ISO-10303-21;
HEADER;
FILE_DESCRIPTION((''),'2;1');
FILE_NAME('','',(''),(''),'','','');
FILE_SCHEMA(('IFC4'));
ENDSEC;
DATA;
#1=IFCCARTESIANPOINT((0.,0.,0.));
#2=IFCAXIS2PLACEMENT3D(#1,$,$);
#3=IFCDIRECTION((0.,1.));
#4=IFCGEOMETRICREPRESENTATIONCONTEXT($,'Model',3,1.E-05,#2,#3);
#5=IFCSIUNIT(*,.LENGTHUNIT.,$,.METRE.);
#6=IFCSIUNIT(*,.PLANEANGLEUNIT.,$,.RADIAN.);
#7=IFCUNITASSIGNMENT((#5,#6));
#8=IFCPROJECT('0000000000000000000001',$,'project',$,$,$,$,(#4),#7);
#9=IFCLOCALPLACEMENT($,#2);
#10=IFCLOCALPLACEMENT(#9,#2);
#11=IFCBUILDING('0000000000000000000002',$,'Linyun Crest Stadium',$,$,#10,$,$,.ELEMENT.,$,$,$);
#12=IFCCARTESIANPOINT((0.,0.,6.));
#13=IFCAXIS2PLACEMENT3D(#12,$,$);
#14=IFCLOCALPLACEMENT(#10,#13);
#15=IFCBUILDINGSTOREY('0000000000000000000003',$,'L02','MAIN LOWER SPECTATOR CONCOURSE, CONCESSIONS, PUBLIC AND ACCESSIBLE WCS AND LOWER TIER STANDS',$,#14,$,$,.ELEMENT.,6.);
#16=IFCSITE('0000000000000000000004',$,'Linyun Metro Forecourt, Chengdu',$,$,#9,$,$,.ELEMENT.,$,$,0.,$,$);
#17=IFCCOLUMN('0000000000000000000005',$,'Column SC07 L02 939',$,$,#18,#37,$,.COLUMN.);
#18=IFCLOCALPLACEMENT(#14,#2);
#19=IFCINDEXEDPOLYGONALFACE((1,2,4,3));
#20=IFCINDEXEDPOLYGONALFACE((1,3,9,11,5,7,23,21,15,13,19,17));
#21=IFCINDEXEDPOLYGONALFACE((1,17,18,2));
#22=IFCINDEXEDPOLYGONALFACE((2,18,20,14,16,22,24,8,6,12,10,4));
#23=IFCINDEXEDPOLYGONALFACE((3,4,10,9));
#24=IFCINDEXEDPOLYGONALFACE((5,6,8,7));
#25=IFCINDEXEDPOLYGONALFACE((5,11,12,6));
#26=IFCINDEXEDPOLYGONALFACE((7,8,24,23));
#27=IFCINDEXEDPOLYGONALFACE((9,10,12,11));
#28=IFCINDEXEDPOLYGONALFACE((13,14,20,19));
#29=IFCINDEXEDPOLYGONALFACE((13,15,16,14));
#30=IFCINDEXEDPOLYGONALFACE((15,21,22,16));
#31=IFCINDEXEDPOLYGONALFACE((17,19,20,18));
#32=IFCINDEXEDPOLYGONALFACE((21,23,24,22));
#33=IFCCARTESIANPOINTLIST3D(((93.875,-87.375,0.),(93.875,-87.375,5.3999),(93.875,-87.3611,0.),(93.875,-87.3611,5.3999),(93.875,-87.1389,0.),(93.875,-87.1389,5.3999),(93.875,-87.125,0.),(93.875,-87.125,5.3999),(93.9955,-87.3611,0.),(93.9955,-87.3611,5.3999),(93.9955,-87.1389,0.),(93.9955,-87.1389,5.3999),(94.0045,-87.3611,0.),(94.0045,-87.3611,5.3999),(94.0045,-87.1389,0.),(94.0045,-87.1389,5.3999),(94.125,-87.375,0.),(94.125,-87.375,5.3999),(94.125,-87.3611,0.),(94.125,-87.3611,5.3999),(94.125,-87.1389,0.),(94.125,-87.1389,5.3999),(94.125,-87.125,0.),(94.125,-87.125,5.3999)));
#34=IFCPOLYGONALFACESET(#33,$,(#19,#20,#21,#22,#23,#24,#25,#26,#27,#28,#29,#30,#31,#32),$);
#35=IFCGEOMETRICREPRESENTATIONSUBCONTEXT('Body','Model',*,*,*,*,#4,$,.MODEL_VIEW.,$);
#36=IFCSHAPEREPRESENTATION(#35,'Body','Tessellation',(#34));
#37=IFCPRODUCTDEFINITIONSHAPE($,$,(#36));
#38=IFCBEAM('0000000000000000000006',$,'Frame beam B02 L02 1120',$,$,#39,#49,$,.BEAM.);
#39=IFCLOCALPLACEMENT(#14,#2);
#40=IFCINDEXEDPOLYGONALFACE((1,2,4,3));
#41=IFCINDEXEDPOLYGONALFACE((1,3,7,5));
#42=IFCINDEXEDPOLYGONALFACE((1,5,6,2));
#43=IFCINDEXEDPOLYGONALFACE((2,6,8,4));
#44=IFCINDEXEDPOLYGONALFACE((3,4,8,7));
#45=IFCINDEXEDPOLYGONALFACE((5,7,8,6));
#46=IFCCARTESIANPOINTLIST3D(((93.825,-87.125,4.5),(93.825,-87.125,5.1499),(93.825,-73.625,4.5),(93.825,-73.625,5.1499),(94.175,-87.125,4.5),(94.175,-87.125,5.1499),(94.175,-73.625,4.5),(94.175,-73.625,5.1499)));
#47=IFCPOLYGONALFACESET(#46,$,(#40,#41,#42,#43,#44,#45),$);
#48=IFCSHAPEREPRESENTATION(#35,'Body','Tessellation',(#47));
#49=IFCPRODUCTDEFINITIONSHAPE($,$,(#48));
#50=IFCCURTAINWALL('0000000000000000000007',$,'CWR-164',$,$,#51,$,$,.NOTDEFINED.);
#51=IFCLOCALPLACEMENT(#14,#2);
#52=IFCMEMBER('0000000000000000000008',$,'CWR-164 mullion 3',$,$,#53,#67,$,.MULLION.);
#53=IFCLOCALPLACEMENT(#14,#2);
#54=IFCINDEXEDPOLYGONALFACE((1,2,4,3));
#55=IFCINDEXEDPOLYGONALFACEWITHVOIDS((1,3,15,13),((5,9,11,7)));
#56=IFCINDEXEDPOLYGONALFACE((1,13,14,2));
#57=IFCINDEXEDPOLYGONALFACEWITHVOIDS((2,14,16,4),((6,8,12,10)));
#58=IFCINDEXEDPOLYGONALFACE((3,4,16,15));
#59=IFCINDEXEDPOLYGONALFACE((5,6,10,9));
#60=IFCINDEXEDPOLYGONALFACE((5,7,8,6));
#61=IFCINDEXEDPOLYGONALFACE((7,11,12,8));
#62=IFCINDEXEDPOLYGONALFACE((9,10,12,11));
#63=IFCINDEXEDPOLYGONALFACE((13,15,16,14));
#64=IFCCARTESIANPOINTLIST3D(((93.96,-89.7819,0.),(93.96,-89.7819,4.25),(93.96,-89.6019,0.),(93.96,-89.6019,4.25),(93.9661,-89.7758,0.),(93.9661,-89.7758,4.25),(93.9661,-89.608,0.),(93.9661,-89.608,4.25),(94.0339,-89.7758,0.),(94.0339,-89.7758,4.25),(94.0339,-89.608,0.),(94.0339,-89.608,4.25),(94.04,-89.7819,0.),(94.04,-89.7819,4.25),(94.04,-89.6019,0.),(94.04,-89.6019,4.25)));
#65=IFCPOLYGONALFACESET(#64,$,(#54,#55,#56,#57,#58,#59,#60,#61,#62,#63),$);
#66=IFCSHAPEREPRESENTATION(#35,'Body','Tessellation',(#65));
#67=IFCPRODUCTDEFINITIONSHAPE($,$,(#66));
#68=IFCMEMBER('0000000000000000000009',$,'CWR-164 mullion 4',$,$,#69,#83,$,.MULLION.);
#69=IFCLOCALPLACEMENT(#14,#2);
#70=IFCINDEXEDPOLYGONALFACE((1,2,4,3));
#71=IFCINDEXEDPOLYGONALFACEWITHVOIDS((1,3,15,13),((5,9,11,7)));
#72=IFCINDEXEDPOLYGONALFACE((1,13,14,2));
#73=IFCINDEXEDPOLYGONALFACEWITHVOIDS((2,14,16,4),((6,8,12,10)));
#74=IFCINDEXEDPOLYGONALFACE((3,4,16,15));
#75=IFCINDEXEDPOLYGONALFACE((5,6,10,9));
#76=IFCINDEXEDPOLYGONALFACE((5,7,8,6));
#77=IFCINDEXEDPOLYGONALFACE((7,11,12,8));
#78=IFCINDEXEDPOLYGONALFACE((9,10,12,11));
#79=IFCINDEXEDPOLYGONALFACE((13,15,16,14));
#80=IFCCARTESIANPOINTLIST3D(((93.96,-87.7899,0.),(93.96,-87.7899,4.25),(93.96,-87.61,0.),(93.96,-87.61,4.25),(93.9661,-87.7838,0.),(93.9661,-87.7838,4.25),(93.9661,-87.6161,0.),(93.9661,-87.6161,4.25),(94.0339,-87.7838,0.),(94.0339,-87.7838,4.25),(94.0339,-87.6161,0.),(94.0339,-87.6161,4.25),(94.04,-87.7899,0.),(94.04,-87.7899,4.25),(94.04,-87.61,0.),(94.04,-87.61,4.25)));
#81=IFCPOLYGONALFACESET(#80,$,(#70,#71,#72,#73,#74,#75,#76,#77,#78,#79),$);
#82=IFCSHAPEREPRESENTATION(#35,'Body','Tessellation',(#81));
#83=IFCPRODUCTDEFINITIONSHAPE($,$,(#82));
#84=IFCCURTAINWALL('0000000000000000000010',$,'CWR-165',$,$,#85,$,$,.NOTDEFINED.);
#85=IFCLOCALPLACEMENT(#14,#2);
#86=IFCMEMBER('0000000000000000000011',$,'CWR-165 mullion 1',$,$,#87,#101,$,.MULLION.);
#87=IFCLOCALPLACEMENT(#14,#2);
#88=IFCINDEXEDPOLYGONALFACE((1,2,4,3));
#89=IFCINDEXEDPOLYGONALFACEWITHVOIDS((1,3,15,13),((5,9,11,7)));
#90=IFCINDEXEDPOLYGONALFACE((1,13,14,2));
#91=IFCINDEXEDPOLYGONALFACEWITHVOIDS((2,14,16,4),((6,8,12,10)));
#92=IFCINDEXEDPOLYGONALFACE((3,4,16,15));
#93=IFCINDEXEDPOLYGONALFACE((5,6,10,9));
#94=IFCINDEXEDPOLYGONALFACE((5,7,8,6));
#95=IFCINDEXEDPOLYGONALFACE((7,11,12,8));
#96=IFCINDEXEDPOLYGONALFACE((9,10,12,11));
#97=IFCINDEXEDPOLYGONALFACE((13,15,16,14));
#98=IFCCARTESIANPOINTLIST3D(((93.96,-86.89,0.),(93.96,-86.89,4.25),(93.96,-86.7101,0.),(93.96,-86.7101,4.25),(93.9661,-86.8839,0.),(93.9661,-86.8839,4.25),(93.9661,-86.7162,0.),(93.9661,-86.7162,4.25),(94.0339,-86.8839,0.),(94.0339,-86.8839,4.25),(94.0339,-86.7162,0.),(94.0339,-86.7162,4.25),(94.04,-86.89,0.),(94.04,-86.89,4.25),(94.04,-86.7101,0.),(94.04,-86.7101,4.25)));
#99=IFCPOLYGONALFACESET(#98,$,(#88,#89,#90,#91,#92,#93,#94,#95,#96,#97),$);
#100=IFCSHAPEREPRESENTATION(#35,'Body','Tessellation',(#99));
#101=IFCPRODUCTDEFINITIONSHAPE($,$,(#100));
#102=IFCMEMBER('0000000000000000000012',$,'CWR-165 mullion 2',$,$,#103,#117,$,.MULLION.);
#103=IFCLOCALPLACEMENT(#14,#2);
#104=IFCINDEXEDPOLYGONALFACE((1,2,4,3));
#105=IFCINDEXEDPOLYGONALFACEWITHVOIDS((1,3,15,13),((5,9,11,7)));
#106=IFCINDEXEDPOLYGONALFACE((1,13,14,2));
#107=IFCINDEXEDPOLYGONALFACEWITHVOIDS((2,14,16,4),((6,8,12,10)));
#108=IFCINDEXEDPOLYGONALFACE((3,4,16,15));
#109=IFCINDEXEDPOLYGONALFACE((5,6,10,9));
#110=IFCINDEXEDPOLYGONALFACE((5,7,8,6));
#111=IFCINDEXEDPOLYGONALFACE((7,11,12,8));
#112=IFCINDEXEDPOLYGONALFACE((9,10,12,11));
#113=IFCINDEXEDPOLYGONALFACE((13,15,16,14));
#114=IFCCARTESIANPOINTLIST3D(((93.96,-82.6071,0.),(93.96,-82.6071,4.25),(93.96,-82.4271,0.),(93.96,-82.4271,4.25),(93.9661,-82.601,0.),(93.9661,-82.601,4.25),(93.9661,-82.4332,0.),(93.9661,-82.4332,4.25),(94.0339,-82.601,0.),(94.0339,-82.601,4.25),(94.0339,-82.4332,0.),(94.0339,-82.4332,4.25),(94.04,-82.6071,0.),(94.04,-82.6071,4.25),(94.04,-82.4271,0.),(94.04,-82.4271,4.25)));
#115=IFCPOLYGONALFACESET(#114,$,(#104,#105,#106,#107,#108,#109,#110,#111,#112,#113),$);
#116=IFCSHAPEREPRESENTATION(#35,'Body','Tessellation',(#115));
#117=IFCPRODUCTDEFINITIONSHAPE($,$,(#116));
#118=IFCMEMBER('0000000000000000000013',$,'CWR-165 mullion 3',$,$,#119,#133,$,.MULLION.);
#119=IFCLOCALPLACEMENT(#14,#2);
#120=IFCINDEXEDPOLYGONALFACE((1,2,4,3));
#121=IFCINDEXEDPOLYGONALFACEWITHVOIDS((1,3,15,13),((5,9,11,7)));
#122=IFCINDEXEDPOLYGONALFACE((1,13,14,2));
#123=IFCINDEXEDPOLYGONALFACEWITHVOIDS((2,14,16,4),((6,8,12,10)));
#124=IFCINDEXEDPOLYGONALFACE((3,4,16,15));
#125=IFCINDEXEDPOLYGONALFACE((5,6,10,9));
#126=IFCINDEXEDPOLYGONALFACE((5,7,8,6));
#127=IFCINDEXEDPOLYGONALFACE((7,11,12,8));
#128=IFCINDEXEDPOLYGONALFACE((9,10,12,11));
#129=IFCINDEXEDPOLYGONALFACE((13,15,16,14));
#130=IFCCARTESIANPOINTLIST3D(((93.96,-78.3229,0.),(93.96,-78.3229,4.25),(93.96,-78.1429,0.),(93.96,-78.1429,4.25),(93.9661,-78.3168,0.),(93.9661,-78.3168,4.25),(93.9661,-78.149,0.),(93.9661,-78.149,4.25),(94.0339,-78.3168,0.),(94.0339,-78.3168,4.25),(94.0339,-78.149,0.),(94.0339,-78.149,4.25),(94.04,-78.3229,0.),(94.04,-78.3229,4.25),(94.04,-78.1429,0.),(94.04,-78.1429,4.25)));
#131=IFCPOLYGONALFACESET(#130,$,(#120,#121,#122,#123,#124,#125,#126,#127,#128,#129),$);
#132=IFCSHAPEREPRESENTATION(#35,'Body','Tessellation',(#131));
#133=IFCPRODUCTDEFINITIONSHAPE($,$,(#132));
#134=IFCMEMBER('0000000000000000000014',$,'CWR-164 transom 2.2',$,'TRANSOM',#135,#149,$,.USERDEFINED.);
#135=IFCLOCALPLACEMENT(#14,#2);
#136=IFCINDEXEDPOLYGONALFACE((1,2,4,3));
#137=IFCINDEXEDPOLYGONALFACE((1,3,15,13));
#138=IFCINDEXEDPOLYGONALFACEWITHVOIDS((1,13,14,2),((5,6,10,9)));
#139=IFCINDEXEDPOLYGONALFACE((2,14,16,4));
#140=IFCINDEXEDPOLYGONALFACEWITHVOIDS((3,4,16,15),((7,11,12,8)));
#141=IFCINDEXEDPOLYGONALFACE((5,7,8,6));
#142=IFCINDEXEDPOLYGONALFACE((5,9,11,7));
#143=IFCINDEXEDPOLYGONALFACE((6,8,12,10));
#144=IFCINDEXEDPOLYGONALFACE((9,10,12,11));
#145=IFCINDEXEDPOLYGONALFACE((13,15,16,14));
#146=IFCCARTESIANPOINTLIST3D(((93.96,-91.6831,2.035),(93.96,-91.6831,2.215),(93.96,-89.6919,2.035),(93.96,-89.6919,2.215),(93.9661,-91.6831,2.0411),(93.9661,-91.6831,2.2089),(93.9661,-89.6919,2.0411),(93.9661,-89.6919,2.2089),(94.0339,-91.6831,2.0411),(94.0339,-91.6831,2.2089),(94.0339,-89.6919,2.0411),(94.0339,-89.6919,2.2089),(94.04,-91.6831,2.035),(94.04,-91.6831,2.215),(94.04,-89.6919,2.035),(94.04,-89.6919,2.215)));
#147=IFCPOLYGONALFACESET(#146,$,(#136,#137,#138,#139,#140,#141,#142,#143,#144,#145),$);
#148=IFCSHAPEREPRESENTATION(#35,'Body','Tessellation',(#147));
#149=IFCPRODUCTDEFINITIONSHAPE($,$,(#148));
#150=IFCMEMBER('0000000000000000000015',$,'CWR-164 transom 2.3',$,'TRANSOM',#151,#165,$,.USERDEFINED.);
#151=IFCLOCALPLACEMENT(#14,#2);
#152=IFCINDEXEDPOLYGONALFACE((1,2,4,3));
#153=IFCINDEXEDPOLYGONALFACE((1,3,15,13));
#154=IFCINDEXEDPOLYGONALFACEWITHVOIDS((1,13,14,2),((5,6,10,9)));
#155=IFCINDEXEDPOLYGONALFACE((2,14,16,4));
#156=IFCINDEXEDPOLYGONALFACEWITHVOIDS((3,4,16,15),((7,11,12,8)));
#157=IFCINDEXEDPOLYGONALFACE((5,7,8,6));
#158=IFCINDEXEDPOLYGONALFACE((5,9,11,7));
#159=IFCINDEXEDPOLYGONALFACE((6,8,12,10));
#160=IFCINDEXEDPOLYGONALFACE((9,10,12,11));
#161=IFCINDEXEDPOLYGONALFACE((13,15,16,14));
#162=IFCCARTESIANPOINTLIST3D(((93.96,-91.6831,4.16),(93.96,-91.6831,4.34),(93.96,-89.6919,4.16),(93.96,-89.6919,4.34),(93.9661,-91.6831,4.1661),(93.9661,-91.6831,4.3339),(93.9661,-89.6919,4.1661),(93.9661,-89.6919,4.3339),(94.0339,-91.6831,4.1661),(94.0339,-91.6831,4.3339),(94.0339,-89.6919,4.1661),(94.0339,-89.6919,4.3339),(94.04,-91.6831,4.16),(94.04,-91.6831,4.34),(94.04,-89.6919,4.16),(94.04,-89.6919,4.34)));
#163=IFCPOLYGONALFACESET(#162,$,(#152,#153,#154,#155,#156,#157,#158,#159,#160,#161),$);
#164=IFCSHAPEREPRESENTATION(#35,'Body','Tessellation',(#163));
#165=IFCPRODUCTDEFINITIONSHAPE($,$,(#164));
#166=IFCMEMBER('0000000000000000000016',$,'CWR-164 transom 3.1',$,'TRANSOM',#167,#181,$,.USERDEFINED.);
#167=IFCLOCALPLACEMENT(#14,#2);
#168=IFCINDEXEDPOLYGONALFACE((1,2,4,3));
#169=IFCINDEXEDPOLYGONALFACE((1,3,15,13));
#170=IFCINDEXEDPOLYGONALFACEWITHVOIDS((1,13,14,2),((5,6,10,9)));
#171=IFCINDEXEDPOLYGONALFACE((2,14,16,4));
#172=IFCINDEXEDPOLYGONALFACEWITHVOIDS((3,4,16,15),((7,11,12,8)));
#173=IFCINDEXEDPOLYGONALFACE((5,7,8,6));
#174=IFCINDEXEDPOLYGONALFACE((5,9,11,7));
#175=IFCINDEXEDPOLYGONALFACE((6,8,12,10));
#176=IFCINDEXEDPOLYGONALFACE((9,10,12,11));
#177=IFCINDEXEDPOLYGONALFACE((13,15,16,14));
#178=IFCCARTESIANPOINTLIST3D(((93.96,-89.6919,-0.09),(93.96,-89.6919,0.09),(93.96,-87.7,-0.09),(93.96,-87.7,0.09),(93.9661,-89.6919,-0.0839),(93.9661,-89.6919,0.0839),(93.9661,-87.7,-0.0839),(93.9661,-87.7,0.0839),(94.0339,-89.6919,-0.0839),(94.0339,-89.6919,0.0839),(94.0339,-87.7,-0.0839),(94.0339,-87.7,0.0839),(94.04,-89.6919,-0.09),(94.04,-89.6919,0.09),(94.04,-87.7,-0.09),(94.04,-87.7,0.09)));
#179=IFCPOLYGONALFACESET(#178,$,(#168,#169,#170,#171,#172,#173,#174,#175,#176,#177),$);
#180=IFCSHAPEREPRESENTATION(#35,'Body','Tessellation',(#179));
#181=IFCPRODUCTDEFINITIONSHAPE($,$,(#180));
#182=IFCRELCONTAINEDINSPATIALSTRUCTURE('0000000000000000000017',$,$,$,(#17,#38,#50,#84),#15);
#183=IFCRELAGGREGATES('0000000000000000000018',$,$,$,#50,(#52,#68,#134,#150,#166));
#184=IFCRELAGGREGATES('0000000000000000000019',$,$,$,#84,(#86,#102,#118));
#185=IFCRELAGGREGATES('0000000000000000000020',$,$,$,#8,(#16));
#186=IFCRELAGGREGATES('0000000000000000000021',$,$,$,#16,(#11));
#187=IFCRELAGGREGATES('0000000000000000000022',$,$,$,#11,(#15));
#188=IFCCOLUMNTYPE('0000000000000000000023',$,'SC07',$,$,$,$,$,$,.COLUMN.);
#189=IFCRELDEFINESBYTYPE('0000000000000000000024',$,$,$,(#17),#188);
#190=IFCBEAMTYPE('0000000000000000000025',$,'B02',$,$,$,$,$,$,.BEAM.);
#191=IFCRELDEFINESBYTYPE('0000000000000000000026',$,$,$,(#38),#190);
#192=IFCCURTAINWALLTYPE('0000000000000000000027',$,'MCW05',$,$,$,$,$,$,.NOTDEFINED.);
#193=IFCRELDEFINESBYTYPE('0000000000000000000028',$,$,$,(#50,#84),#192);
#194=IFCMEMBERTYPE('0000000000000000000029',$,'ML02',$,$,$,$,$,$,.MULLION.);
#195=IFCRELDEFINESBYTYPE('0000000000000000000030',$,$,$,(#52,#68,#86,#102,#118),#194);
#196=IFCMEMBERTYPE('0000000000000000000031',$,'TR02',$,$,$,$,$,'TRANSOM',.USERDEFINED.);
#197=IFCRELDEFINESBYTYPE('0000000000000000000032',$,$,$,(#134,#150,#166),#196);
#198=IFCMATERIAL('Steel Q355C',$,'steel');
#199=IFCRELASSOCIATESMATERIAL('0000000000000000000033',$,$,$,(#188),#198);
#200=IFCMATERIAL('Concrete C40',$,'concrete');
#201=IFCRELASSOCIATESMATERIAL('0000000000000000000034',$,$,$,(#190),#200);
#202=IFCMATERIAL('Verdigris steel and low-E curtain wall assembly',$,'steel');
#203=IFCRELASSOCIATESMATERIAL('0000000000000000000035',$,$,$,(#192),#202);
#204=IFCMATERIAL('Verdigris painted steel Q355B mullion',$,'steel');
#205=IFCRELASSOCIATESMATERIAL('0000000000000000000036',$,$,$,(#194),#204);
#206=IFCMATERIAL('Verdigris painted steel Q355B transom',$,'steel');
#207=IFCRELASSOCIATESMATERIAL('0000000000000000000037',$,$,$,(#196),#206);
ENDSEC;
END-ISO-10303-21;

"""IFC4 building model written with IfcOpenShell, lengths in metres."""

from ifc_helpers import new_model, si_unit, direction, frame, origin, origin_2d, place, context, subcontext, project, spatial, rectangle, hollow_rectangle, i_section, extrude, material, material_profile, profile_set, type_object, element, aggregate, save


model = new_model("IFC4")

# Units and contexts
model_context = context("Model", 3, precision=1e-05, world=origin(), true_north=direction((0.0, 1.0)))
body_context = subcontext(model_context, "Body", "Model", "MODEL_VIEW")
ifc_project = project(units=[si_unit("LENGTHUNIT", "METRE"), si_unit("PLANEANGLEUNIT", "RADIAN")], contexts=[model_context])

# Site, building, storey
site_placement = place(None, origin())
site = spatial("IfcSite", under=ifc_project, at=site_placement, Name="Linyun Metro Forecourt, Chengdu", CompositionType="ELEMENT", RefElevation=0.0)
building_placement = place(site_placement, origin())
building = spatial("IfcBuilding", under=site, at=building_placement, Name="Linyun Crest Stadium", CompositionType="ELEMENT")
storey_placement = place(building_placement, frame((0.0, 0.0, 6.0)))
storey = spatial("IfcBuildingStorey", under=building, at=storey_placement, Name="L02", Description="MAIN LOWER SPECTATOR CONCOURSE, CONCESSIONS, PUBLIC AND ACCESSIBLE WCS AND LOWER TIER STANDS", CompositionType="ELEMENT", Elevation=6.0)

# Column
ifc_material_1 = material(Name="Steel Q355C", Category="steel")
ifc_material_profile_1 = material_profile(ifc_material_1, i_section(OverallWidth=0.25, OverallDepth=0.25, WebThickness=0.009, FlangeThickness=0.0139, at=origin_2d()), Name="HW 250x250")
ifc_profile_set_1 = profile_set([ifc_material_profile_1], Name="Steel Q355C")
column_type = type_object("IfcColumnType", Name="SC07", PredefinedType="COLUMN", material=ifc_profile_set_1)
column_placement = place(storey_placement, frame((94.0, -87.25, 0.0), z_axis=(0.0, 0.0, 1.0), x_axis=(1.0, 0.0, 0.0)))
element("IfcColumn", 1, at=column_placement, inside=storey, type_object=column_type, Name="Column SC07 L02 939", PredefinedType="COLUMN", context=body_context, shape_type="SweptSolid", body=[
    extrude(i_section(OverallWidth=0.25, OverallDepth=0.25, WebThickness=0.009, FlangeThickness=0.0139, at=origin_2d()), origin(), (0.0, 0.0, 1.0), 5.3999),
])

# Beam
ifc_material_2 = material(Name="Concrete C40", Category="concrete")
ifc_material_profile_2 = material_profile(ifc_material_2, rectangle(XDim=0.3501, YDim=0.6499, at=origin_2d()), Name="RCB 650x350")
ifc_profile_set_2 = profile_set([ifc_material_profile_2], Name="Concrete C40")
beam_type = type_object("IfcBeamType", Name="B02", PredefinedType="BEAM", material=ifc_profile_set_2)
beam_placement = place(storey_placement, frame((94.0, -87.125, 4.825), z_axis=(0.0, 1.0, 0.0), x_axis=(-1.0, 0.0, 0.0)))
element("IfcBeam", 2, at=beam_placement, inside=storey, type_object=beam_type, Name="Frame beam B02 L02 1120", PredefinedType="BEAM", context=body_context, shape_type="SweptSolid", body=[
    extrude(rectangle(XDim=0.3501, YDim=0.6499, at=origin_2d()), origin(), (0.0, 0.0, 1.0), 13.5),
])

# Curtain walls, members
ifc_material_3 = material(Name="Verdigris steel and low-E curtain wall assembly", Category="steel")
curtain_wall_type = type_object("IfcCurtainWallType", Name="MCW05", PredefinedType="NOTDEFINED", material=ifc_material_3)
curtain_wall_1_placement = place(storey_placement, origin())
curtain_wall_1 = element("IfcCurtainWall", 3, at=curtain_wall_1_placement, inside=storey, type_object=curtain_wall_type, Name="CWR-164", PredefinedType="NOTDEFINED")
ifc_material_4 = material(Name="Verdigris painted steel Q355B mullion", Category="steel")
ifc_material_profile_3 = material_profile(ifc_material_4, hollow_rectangle(XDim=0.0801, YDim=0.1799, WallThickness=0.0061, at=origin_2d()), Name="RHS 180x80x6")
ifc_profile_set_3 = profile_set([ifc_material_profile_3], Name="Verdigris painted steel Q355B mullion")
member_type_1 = type_object("IfcMemberType", Name="ML02", PredefinedType="MULLION", material=ifc_profile_set_3)
member_1_placement = place(storey_placement, frame((94.0, -89.6919, 0.0), z_axis=(0.0, 0.0, 1.0), x_axis=(-1.0, 0.0, 0.0)))
member_1 = element("IfcMember", 4, at=member_1_placement, type_object=member_type_1, Name="CWR-164 mullion 3", PredefinedType="MULLION", context=body_context, shape_type="SweptSolid", body=[
    extrude(hollow_rectangle(XDim=0.0801, YDim=0.1799, WallThickness=0.0061, at=origin_2d()), origin(), (0.0, 0.0, 1.0), 4.25),
])
member_2_placement = place(storey_placement, frame((94.0, -87.7, 0.0), z_axis=(0.0, 0.0, 1.0), x_axis=(-1.0, 0.0, 0.0)))
member_2 = element("IfcMember", 5, at=member_2_placement, type_object=member_type_1, Name="CWR-164 mullion 4", PredefinedType="MULLION", context=body_context, shape_type="SweptSolid", body=[
    extrude(hollow_rectangle(XDim=0.0801, YDim=0.1799, WallThickness=0.0061, at=origin_2d()), origin(), (0.0, 0.0, 1.0), 4.25),
])
curtain_wall_2_placement = place(storey_placement, origin())
curtain_wall_2 = element("IfcCurtainWall", 6, at=curtain_wall_2_placement, inside=storey, type_object=curtain_wall_type, Name="CWR-165", PredefinedType="NOTDEFINED")
member_3_placement = place(storey_placement, frame((94.0, -86.8, 0.0), z_axis=(0.0, 0.0, 1.0), x_axis=(-1.0, 0.0, 0.0)))
member_3 = element("IfcMember", 7, at=member_3_placement, type_object=member_type_1, Name="CWR-165 mullion 1", PredefinedType="MULLION", context=body_context, shape_type="SweptSolid", body=[
    extrude(hollow_rectangle(XDim=0.0801, YDim=0.1799, WallThickness=0.0061, at=origin_2d()), origin(), (0.0, 0.0, 1.0), 4.25),
])
member_4_placement = place(storey_placement, frame((94.0, -82.5171, 0.0), z_axis=(0.0, 0.0, 1.0), x_axis=(-1.0, 0.0, 0.0)))
member_4 = element("IfcMember", 8, at=member_4_placement, type_object=member_type_1, Name="CWR-165 mullion 2", PredefinedType="MULLION", context=body_context, shape_type="SweptSolid", body=[
    extrude(hollow_rectangle(XDim=0.0801, YDim=0.1799, WallThickness=0.0061, at=origin_2d()), origin(), (0.0, 0.0, 1.0), 4.25),
])
member_5_placement = place(storey_placement, frame((94.0, -78.2329, 0.0), z_axis=(0.0, 0.0, 1.0), x_axis=(-1.0, 0.0, 0.0)))
member_5 = element("IfcMember", 9, at=member_5_placement, type_object=member_type_1, Name="CWR-165 mullion 3", PredefinedType="MULLION", context=body_context, shape_type="SweptSolid", body=[
    extrude(hollow_rectangle(XDim=0.0801, YDim=0.1799, WallThickness=0.0061, at=origin_2d()), origin(), (0.0, 0.0, 1.0), 4.25),
])

# Members
ifc_material_5 = material(Name="Verdigris painted steel Q355B transom", Category="steel")
ifc_material_profile_4 = material_profile(ifc_material_5, hollow_rectangle(XDim=0.0801, YDim=0.1799, WallThickness=0.0061, at=origin_2d()), Name="RHS 180x80x6")
ifc_profile_set_4 = profile_set([ifc_material_profile_4], Name="Verdigris painted steel Q355B transom")
member_type_2 = type_object("IfcMemberType", Name="TR02", ElementType="TRANSOM", PredefinedType="USERDEFINED", material=ifc_profile_set_4)
member_6_placement = place(storey_placement, frame((94.0, -91.6831, 2.125), z_axis=(0.0, 1.0, 0.0), x_axis=(-1.0, 0.0, 0.0)))
member_6 = element("IfcMember", 10, at=member_6_placement, type_object=member_type_2, Name="CWR-164 transom 2.2", ObjectType="TRANSOM", PredefinedType="USERDEFINED", context=body_context, shape_type="SweptSolid", body=[
    extrude(hollow_rectangle(XDim=0.0801, YDim=0.1799, WallThickness=0.0061, at=origin_2d()), origin(), (0.0, 0.0, 1.0), 1.9912),
])
member_7_placement = place(storey_placement, frame((94.0, -91.6831, 4.25), z_axis=(0.0, 1.0, 0.0), x_axis=(-1.0, 0.0, 0.0)))
member_7 = element("IfcMember", 11, at=member_7_placement, type_object=member_type_2, Name="CWR-164 transom 2.3", ObjectType="TRANSOM", PredefinedType="USERDEFINED", context=body_context, shape_type="SweptSolid", body=[
    extrude(hollow_rectangle(XDim=0.0801, YDim=0.1799, WallThickness=0.0061, at=origin_2d()), origin(), (0.0, 0.0, 1.0), 1.9912),
])
member_8_placement = place(storey_placement, frame((94.0, -89.6919, 0.0), z_axis=(0.0, 1.0, 0.0), x_axis=(-1.0, 0.0, 0.0)))
member_8 = element("IfcMember", 12, at=member_8_placement, type_object=member_type_2, Name="CWR-164 transom 3.1", ObjectType="TRANSOM", PredefinedType="USERDEFINED", context=body_context, shape_type="SweptSolid", body=[
    extrude(hollow_rectangle(XDim=0.0801, YDim=0.1799, WallThickness=0.0061, at=origin_2d()), origin(), (0.0, 0.0, 1.0), 1.9919),
])

aggregate(curtain_wall_1, [member_1, member_2, member_6, member_7, member_8])
aggregate(curtain_wall_2, [member_3, member_4, member_5])

save(model, "model.ifc")
